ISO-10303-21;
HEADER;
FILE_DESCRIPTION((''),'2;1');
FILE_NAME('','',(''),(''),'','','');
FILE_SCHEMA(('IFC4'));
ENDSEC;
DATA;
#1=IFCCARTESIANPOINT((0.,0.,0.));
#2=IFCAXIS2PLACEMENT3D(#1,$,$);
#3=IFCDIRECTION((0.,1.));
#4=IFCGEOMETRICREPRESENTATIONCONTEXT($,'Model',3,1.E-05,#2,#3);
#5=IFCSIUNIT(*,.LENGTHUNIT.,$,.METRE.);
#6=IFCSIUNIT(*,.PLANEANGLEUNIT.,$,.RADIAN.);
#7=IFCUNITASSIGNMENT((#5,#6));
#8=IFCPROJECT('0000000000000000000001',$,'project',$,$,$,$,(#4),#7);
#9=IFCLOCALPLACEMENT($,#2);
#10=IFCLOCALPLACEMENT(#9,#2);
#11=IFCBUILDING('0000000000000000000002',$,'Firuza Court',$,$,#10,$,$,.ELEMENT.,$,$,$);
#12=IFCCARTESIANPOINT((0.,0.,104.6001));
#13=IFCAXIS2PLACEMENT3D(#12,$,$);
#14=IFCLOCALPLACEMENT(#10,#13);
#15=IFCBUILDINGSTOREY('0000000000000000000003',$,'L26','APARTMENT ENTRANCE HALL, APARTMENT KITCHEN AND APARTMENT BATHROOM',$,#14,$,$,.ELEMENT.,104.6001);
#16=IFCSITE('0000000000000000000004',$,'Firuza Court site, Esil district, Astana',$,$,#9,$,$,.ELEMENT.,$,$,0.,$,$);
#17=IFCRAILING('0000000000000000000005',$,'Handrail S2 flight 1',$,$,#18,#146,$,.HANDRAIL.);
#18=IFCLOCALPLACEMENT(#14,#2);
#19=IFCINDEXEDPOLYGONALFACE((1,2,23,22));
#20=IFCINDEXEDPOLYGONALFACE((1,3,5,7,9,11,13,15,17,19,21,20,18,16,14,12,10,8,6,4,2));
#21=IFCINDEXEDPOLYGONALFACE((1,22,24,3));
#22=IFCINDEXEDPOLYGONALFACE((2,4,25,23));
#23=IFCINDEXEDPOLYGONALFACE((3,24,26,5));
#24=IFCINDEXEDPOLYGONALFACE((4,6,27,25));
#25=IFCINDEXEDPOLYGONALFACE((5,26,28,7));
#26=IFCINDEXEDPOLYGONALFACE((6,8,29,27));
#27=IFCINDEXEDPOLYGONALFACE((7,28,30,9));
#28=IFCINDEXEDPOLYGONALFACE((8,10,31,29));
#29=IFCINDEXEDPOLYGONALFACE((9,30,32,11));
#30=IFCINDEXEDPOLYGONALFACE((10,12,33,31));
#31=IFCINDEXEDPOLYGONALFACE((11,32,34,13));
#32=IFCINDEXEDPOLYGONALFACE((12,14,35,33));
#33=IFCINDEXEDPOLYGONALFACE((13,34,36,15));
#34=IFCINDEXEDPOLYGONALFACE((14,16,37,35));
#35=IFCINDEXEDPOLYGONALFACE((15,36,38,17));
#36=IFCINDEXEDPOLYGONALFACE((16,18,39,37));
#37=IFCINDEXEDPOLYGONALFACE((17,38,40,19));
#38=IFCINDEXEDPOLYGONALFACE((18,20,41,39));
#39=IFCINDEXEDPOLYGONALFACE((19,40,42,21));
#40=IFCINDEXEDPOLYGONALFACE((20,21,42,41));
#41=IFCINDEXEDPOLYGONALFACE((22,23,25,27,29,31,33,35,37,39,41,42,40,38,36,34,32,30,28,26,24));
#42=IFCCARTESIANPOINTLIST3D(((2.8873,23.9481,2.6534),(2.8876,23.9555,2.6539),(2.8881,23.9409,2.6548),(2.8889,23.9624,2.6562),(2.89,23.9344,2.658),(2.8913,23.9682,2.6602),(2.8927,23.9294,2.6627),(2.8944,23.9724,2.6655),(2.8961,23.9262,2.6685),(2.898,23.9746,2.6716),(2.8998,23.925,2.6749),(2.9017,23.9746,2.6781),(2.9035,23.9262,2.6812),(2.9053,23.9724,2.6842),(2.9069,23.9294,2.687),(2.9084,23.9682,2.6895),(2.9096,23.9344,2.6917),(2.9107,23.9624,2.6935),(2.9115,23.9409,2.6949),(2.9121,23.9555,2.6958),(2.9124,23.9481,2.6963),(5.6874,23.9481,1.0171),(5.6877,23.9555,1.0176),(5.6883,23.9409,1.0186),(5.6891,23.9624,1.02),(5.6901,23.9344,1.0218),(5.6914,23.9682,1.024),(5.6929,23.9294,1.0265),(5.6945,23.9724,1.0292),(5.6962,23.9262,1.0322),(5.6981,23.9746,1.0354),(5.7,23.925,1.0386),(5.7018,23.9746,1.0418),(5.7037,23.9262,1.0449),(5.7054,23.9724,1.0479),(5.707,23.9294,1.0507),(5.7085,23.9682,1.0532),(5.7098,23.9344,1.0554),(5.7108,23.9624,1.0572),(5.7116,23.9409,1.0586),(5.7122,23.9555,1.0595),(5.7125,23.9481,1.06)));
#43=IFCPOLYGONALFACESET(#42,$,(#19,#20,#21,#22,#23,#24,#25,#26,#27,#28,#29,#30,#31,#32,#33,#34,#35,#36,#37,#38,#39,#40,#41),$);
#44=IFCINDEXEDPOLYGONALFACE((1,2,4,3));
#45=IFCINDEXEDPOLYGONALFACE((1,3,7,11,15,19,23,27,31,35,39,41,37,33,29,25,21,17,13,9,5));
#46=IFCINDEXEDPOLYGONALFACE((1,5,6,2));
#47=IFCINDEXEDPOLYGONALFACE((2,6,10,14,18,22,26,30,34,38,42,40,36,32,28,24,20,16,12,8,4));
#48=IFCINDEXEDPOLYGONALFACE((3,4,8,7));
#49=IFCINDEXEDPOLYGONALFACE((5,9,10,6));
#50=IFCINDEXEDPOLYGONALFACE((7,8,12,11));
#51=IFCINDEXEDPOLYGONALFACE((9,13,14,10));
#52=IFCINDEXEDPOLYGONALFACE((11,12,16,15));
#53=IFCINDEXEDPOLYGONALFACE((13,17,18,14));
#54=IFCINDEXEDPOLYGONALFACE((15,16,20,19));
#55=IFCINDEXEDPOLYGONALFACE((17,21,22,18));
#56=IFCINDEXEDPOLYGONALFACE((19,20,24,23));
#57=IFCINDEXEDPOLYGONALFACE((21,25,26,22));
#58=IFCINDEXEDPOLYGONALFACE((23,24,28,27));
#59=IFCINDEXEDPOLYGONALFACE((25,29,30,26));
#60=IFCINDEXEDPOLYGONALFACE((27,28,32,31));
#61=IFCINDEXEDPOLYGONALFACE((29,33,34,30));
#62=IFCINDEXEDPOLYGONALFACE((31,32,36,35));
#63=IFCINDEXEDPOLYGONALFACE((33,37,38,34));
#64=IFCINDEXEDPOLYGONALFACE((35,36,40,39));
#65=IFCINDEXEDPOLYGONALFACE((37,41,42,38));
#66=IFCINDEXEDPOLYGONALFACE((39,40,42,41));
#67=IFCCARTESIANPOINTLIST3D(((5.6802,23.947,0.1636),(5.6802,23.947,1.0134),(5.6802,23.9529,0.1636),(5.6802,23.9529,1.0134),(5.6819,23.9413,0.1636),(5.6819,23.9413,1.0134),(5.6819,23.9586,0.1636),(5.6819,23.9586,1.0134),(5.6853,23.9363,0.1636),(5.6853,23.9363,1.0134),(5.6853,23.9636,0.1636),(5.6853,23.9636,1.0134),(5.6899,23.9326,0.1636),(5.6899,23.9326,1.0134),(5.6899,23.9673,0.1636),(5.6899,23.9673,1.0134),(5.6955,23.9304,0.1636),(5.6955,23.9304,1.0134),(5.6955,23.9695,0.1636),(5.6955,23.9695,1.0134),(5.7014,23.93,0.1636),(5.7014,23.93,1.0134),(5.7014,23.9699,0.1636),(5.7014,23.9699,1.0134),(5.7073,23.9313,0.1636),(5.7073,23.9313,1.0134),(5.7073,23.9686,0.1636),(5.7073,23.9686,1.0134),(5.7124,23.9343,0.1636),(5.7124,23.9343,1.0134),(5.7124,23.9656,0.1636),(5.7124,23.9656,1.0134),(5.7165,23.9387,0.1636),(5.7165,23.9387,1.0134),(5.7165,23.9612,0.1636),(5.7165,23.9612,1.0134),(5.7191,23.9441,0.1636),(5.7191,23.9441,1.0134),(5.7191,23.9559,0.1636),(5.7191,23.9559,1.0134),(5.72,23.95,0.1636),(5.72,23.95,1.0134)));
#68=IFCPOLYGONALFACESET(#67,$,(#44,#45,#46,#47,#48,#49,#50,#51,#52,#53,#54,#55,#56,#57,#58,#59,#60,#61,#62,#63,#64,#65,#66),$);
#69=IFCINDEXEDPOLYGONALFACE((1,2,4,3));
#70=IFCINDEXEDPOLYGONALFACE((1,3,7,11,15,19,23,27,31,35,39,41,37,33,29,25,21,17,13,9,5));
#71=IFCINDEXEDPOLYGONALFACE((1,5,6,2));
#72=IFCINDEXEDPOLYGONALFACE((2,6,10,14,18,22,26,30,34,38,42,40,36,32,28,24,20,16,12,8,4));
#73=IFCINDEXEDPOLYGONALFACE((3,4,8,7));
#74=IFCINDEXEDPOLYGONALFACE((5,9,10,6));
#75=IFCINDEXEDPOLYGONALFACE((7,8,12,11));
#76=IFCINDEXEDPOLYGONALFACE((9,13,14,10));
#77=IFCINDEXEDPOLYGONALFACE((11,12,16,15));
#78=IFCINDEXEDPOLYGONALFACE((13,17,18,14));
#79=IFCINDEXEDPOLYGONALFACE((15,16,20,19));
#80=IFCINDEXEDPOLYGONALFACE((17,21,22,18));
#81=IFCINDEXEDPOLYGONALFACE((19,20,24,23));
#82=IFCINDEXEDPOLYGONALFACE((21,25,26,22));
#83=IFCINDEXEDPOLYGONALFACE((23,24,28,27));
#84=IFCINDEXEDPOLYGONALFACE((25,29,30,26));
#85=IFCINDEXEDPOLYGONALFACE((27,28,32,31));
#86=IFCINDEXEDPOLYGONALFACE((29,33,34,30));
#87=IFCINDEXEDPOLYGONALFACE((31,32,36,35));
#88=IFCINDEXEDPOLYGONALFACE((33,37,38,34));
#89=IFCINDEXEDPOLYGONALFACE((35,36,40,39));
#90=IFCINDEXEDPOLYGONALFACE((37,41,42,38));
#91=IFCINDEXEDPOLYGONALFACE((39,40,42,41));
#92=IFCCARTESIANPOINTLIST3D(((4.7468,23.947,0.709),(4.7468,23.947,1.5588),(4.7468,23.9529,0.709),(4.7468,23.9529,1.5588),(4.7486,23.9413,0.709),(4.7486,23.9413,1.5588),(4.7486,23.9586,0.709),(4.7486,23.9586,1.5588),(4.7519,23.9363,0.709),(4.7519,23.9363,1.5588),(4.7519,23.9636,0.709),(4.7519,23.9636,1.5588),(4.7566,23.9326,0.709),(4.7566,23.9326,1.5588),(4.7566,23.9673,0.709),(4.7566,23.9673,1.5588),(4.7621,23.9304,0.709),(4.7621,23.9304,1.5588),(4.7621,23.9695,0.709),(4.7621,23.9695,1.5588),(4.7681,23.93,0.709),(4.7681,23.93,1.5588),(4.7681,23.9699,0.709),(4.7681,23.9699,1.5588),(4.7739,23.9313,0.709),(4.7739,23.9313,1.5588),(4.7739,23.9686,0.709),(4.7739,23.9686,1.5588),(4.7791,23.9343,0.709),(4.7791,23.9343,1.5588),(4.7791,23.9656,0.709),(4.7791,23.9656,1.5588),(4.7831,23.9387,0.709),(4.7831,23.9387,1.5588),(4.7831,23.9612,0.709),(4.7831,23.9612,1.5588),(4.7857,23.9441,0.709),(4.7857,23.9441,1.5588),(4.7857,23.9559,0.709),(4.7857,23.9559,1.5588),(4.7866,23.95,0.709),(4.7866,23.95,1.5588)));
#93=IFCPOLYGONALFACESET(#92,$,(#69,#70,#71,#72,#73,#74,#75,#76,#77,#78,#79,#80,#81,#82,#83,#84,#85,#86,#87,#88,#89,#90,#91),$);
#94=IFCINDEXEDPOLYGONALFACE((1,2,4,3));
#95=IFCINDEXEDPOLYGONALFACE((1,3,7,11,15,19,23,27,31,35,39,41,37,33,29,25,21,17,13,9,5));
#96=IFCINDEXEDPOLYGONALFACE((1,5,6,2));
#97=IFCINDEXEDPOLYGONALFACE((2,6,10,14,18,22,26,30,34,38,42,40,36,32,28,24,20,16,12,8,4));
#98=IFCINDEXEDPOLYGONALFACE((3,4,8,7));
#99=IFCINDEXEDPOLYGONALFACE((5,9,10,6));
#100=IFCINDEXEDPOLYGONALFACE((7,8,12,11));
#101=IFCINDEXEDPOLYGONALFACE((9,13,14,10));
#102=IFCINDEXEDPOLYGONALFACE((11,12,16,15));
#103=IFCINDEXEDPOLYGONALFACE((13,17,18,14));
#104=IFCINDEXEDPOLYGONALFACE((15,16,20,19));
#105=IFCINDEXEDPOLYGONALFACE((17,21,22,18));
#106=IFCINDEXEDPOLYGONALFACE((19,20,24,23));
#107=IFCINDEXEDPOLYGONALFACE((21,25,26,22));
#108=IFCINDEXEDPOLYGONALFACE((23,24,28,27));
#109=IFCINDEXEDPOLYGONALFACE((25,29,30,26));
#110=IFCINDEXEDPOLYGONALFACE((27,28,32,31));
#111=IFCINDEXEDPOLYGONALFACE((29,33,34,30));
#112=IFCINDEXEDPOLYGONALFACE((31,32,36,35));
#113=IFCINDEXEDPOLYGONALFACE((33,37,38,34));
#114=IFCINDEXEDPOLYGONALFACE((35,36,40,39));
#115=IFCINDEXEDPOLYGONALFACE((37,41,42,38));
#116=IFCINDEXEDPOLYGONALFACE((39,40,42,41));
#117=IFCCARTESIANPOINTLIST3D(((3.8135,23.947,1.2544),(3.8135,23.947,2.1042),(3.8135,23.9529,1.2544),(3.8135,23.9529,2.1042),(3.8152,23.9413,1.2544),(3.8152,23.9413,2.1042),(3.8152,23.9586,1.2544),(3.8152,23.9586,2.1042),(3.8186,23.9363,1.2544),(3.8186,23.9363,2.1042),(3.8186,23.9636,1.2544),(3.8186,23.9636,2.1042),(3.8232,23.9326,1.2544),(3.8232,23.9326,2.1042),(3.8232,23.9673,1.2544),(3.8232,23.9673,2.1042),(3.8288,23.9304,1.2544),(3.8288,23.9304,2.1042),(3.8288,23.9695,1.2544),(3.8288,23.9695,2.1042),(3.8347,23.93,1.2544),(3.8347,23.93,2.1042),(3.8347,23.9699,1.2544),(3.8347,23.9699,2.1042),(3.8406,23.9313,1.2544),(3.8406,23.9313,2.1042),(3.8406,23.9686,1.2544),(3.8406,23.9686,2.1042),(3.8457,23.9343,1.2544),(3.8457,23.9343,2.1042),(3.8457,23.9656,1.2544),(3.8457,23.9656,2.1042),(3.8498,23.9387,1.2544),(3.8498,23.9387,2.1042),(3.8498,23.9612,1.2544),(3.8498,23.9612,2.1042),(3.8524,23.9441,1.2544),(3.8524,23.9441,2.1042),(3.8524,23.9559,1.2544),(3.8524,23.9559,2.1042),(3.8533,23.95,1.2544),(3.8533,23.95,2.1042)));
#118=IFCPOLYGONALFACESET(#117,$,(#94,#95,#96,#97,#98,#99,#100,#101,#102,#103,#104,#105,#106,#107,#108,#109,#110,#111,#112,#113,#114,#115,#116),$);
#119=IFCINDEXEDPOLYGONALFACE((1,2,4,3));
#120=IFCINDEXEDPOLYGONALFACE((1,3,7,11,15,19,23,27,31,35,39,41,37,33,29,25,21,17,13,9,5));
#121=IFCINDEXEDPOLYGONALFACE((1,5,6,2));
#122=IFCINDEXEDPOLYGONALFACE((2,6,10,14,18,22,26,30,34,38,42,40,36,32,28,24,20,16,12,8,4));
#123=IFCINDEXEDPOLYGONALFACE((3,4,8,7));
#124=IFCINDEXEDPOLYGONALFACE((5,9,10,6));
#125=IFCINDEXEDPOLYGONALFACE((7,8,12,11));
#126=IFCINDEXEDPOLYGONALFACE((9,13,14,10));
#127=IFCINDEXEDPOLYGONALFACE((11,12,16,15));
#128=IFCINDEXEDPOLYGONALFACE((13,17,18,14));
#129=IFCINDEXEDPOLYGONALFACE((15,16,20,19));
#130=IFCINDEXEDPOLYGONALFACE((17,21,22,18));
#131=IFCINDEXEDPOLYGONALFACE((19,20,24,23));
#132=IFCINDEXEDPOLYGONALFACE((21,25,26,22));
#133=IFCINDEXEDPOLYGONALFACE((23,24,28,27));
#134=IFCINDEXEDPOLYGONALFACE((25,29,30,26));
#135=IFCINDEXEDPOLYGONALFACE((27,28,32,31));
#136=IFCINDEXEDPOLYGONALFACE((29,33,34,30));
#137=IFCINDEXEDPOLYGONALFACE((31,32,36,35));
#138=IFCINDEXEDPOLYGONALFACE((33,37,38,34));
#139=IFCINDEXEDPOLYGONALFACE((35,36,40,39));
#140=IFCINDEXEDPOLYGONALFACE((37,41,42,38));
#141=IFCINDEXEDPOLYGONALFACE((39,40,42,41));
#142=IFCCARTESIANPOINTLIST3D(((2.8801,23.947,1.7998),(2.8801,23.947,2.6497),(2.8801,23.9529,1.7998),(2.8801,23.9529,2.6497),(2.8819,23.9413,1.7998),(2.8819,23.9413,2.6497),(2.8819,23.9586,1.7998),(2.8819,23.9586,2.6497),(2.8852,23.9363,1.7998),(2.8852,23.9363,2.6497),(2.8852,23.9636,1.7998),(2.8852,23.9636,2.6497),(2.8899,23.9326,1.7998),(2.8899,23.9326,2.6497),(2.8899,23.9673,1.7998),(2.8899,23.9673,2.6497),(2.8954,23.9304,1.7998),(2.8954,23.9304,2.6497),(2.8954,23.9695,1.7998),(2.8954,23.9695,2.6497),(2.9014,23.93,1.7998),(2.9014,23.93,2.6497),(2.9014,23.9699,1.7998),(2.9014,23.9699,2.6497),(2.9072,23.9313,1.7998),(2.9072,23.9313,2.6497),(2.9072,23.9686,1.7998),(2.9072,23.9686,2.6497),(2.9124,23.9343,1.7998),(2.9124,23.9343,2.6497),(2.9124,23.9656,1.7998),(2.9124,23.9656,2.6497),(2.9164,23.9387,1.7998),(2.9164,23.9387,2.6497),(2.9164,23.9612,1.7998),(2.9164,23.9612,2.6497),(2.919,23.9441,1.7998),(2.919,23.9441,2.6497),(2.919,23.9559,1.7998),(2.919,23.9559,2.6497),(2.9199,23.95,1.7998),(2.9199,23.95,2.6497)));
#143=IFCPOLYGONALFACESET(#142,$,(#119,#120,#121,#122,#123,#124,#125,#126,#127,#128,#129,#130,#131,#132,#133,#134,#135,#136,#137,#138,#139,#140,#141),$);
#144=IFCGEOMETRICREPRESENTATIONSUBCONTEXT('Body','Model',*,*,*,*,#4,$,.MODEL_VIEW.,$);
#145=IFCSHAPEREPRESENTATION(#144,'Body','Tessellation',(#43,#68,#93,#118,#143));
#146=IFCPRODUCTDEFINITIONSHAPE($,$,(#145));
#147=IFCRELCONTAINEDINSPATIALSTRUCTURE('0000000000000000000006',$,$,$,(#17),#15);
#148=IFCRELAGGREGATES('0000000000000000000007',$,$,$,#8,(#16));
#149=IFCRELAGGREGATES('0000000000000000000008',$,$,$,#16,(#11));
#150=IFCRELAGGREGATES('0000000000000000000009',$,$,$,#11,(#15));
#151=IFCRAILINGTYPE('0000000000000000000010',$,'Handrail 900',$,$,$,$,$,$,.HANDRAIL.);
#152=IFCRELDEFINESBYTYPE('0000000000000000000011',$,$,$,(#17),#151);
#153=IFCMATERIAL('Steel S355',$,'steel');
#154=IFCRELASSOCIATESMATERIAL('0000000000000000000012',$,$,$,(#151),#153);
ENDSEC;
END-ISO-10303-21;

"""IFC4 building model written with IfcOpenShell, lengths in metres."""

from ifc_helpers import new_model, si_unit, direction, frame, origin, origin_2d, place, context, subcontext, project, spatial, circle, extrude, material, type_object, element, save


model = new_model("IFC4")

# Units and contexts
model_context = context("Model", 3, precision=1e-05, world=origin(), true_north=direction((0.0, 1.0)))
body_context = subcontext(model_context, "Body", "Model", "MODEL_VIEW")
ifc_project = project(units=[si_unit("LENGTHUNIT", "METRE"), si_unit("PLANEANGLEUNIT", "RADIAN")], contexts=[model_context])

# Site, building, storey
site_placement = place(None, origin())
site = spatial("IfcSite", under=ifc_project, at=site_placement, Name="Firuza Court site, Esil district, Astana", CompositionType="ELEMENT", RefElevation=0.0)
building_placement = place(site_placement, origin())
building = spatial("IfcBuilding", under=site, at=building_placement, Name="Firuza Court", CompositionType="ELEMENT")
storey_placement = place(building_placement, frame((0.0, 0.0, 104.6001)))
storey = spatial("IfcBuildingStorey", under=building, at=storey_placement, Name="L26", Description="APARTMENT ENTRANCE HALL, APARTMENT KITCHEN AND APARTMENT BATHROOM", CompositionType="ELEMENT", Elevation=104.6001)

# Railing
ifc_material_1 = material(Name="Steel S355", Category="steel")
railing_type_1 = type_object("IfcRailingType", Name="Handrail 900", PredefinedType="HANDRAIL", material=ifc_material_1)
railing_1_placement = place(storey_placement, frame((5.7, 23.95, 0.1636)))
element("IfcRailing", 1, at=railing_1_placement, inside=storey, type_object=railing_type_1, Name="Handrail S2 flight 1", PredefinedType="HANDRAIL", context=body_context, shape_type="SweptSolid", body=[
    extrude(circle(Radius=0.0249, at=origin_2d()), frame((0.0, 0.0, 0.875), z_axis=(-0.863394, 0.0, 0.504531), x_axis=(0.0, -1.0, 0.0)), (0.0, 0.0, 1.0), 3.2432),
    extrude(circle(Radius=0.02, at=origin_2d()), origin(), (0.0, 0.0, 1.0), 0.8499),
    extrude(circle(Radius=0.02, at=origin_2d()), frame((-0.9333, 0.0, 0.5454)), (0.0, 0.0, 1.0), 0.8499),
    extrude(circle(Radius=0.02, at=origin_2d()), frame((-1.8667, 0.0, 1.0908)), (0.0, 0.0, 1.0), 0.8499),
    extrude(circle(Radius=0.02, at=origin_2d()), frame((-2.8, 0.0, 1.6362)), (0.0, 0.0, 1.0), 0.8499),
])

save(model, "model.ifc")
